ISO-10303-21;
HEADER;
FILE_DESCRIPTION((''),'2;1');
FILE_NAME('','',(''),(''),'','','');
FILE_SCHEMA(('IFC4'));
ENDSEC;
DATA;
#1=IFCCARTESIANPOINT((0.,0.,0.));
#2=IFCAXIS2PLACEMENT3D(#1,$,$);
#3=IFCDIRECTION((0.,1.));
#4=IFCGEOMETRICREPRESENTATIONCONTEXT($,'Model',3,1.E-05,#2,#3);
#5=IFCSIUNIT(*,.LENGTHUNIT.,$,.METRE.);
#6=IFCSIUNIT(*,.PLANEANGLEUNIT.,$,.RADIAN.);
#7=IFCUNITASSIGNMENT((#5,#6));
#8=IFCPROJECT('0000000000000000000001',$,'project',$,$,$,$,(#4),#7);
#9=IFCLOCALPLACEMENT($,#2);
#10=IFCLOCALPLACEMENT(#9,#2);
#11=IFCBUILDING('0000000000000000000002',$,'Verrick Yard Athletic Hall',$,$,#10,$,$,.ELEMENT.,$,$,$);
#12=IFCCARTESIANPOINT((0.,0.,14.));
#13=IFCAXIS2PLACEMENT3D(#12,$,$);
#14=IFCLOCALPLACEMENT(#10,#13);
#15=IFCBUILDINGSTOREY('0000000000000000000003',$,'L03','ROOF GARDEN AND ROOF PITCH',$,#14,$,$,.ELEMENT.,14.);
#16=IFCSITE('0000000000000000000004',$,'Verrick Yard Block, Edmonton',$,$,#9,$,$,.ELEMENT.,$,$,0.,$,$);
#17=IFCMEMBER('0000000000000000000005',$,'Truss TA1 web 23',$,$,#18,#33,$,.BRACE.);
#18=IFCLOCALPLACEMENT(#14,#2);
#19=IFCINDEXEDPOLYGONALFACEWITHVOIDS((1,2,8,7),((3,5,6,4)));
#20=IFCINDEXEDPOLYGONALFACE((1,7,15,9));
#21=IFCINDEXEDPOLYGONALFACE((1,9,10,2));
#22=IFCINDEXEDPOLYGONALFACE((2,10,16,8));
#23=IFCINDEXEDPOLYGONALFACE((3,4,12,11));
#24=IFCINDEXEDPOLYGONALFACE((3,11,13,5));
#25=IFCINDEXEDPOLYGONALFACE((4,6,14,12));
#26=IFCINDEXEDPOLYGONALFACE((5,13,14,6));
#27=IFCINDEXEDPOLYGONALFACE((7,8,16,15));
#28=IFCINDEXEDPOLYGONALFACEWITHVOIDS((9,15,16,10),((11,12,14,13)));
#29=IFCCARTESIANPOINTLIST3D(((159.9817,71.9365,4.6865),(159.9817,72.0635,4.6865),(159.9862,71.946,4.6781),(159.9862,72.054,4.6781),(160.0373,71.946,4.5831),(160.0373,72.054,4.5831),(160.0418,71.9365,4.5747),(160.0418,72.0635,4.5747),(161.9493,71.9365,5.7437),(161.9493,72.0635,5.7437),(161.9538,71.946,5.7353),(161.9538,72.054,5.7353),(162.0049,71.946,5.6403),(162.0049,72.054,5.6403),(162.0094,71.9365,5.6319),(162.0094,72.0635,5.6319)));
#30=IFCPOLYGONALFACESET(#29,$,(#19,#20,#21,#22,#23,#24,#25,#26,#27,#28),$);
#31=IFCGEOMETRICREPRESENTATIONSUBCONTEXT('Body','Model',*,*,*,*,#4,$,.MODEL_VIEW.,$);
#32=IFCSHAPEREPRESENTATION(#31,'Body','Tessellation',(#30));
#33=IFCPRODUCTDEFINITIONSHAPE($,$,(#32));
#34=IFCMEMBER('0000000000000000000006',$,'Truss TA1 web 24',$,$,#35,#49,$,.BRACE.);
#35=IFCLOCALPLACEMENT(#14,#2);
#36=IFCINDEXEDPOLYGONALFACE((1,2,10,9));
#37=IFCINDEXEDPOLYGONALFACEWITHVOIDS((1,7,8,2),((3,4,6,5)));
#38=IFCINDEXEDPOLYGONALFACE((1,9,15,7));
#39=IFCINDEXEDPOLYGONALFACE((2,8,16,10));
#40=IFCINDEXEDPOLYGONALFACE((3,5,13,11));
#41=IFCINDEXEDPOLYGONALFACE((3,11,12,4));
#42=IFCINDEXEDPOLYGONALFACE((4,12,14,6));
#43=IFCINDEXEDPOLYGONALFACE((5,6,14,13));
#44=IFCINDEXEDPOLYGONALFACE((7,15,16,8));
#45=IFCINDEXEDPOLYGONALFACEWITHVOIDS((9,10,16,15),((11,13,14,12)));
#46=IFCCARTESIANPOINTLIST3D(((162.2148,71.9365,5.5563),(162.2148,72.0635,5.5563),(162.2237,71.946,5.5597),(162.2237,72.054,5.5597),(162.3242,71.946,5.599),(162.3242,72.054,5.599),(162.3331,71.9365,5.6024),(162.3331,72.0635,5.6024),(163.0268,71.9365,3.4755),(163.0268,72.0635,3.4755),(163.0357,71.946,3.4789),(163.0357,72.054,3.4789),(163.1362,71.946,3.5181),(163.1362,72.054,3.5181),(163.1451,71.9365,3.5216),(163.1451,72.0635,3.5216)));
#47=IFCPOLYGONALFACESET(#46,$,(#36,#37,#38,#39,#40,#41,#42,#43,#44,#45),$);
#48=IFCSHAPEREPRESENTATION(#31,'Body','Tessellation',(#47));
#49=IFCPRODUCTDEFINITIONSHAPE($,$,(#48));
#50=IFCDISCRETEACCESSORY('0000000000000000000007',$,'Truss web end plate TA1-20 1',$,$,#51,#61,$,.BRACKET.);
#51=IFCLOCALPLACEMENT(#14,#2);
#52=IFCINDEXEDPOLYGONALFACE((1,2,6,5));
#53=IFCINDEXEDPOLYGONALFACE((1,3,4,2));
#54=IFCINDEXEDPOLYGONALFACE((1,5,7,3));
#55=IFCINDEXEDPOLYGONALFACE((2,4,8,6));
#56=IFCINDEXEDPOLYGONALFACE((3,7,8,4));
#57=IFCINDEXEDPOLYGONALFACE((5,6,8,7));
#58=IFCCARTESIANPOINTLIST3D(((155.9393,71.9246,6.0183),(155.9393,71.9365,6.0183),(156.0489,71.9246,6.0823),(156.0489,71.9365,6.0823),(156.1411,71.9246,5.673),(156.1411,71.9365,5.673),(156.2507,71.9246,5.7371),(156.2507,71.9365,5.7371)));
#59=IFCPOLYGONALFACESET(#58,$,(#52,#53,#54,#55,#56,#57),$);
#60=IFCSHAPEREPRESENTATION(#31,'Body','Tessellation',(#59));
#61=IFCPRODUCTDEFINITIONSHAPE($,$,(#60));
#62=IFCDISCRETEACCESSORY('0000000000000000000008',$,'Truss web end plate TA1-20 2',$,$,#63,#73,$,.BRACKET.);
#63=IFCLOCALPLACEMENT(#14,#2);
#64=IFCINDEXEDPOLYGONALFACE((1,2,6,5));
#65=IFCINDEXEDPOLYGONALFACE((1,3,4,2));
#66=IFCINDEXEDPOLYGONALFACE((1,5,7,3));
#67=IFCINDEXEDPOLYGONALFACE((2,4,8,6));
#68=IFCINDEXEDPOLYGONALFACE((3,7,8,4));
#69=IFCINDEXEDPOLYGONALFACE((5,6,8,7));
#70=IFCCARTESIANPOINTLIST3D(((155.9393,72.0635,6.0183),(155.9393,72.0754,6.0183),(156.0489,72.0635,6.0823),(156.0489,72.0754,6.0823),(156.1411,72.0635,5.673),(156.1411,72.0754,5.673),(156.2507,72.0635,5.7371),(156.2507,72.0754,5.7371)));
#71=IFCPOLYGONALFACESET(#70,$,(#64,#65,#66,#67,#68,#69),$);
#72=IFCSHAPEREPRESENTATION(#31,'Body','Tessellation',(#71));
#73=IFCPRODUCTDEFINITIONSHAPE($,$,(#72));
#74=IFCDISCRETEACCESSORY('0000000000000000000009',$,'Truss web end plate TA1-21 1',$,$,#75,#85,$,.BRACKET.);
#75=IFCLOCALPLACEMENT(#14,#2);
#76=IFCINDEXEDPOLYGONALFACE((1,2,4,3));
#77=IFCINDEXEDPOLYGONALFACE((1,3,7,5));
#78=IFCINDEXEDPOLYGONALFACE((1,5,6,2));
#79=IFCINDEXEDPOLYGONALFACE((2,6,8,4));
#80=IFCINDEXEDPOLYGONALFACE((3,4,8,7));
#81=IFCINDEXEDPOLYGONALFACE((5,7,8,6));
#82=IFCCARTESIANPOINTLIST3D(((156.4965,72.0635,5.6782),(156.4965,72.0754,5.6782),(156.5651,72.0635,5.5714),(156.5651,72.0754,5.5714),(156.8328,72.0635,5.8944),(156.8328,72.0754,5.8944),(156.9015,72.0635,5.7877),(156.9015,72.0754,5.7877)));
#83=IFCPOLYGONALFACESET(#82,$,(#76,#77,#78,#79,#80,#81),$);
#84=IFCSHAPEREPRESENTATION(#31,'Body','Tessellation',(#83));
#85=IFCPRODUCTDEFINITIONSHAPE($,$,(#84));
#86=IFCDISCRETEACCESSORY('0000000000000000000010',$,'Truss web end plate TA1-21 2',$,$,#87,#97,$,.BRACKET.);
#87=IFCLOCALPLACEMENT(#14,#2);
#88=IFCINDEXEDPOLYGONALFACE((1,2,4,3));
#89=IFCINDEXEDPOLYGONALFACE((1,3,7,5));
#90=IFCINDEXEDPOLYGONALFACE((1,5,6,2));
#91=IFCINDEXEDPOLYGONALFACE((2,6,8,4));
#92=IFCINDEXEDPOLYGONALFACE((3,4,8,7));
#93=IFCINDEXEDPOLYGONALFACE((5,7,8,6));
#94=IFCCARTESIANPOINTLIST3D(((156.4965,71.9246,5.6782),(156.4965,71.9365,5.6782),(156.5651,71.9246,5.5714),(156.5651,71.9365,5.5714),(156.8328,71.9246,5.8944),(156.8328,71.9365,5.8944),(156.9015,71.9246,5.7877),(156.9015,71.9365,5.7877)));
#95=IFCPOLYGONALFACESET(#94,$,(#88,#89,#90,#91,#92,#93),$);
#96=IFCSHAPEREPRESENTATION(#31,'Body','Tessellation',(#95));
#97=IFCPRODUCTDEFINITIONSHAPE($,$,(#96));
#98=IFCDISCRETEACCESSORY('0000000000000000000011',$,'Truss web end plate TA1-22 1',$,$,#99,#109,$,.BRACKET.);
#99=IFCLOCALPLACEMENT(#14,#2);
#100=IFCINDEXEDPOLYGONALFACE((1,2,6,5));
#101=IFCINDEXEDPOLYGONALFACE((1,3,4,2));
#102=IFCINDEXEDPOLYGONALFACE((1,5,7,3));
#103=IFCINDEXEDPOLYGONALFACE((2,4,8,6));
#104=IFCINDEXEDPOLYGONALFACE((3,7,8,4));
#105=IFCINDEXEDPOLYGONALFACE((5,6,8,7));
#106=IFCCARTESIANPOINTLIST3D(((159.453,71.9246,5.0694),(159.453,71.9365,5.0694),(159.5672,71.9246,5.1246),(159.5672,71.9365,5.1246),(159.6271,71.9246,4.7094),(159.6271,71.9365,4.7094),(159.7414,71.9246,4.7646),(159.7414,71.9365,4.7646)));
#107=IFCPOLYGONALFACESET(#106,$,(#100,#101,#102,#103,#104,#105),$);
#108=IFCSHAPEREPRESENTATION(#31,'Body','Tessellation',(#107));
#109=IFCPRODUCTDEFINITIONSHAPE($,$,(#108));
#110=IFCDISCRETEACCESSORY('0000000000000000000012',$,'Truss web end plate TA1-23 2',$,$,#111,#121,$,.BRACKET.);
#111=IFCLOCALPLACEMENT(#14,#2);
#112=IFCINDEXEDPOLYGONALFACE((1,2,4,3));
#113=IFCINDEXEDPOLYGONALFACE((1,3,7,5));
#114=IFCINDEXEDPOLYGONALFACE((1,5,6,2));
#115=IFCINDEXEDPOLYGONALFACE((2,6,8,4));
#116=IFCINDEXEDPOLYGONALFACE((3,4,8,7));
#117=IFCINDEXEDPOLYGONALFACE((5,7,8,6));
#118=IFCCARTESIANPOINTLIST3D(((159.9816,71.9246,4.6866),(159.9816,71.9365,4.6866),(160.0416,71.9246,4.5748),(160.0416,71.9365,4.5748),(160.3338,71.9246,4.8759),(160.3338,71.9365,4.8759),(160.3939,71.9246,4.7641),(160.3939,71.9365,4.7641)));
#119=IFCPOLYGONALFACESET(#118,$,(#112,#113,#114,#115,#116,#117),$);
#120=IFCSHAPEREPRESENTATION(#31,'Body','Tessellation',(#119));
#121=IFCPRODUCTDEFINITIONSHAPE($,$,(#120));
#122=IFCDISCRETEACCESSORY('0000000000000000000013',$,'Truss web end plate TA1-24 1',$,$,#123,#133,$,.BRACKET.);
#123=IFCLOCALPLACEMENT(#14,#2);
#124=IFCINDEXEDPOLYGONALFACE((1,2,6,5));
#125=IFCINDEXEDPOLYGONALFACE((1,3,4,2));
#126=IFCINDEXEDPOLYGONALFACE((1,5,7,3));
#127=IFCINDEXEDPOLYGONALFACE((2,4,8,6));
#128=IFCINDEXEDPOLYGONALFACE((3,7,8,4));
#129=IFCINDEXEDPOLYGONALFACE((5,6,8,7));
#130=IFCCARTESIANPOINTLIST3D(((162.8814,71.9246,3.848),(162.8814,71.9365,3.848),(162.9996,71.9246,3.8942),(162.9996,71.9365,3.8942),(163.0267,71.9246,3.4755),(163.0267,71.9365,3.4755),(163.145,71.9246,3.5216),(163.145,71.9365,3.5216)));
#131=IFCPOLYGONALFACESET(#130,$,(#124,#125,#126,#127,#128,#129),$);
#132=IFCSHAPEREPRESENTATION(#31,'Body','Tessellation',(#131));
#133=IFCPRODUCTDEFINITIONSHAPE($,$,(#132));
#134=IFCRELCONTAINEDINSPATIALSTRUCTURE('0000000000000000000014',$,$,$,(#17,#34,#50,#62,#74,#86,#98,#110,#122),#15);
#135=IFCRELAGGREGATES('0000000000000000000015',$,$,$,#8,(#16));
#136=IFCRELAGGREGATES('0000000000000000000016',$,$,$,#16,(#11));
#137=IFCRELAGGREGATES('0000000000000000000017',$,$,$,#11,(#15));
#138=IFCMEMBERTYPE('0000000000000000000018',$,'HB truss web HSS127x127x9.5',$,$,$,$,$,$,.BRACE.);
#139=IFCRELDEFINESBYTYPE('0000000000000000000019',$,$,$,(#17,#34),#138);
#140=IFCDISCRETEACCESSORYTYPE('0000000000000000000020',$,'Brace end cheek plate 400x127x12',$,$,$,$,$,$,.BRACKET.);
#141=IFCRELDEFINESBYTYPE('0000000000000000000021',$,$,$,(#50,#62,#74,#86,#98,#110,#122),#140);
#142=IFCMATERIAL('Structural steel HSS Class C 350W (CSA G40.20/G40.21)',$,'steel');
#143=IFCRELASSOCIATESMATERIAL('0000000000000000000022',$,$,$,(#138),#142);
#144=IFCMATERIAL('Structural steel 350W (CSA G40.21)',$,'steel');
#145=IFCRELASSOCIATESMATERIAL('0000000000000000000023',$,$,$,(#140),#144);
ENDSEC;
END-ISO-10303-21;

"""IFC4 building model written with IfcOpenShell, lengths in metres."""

from ifc_helpers import new_model, si_unit, direction, frame, origin, origin_2d, place, context, subcontext, project, spatial, rectangle, hollow_rectangle, extrude, material, material_profile, profile_set, type_object, element, save


model = new_model("IFC4")

# Units and contexts
model_context = context("Model", 3, precision=1e-05, world=origin(), true_north=direction((0.0, 1.0)))
body_context = subcontext(model_context, "Body", "Model", "MODEL_VIEW")
ifc_project = project(units=[si_unit("LENGTHUNIT", "METRE"), si_unit("PLANEANGLEUNIT", "RADIAN")], contexts=[model_context])

# Site, building, storey
site_placement = place(None, origin())
site = spatial("IfcSite", under=ifc_project, at=site_placement, Name="Verrick Yard Block, Edmonton", CompositionType="ELEMENT", RefElevation=0.0)
building_placement = place(site_placement, origin())
building = spatial("IfcBuilding", under=site, at=building_placement, Name="Verrick Yard Athletic Hall", CompositionType="ELEMENT")
storey_placement = place(building_placement, frame((0.0, 0.0, 14.0)))
storey = spatial("IfcBuildingStorey", under=building, at=storey_placement, Name="L03", Description="ROOF GARDEN AND ROOF PITCH", CompositionType="ELEMENT", Elevation=14.0)

# Members
ifc_material_1 = material(Name="Structural steel HSS Class C 350W (CSA G40.20/G40.21)", Category="steel")
ifc_material_profile_1 = material_profile(ifc_material_1, hollow_rectangle(XDim=0.127, YDim=0.127, WallThickness=0.0095, at=origin_2d()), Name="HSS127x127x9.5")
ifc_profile_set_1 = profile_set([ifc_material_profile_1], Name="Structural steel HSS Class C 350W (CSA G40.20/G40.21)")
member_type_1 = type_object("IfcMemberType", Name="HB truss web HSS127x127x9.5", PredefinedType="BRACE", material=ifc_profile_set_1)
for number, where, z_axis, x_axis, name in (
    (1, (160.0117, 72.0, 4.6306), (0.880902, 0.0, 0.473298), (0.0, 1.0, 0.0), "Truss TA1 web 23"),
    (2, (162.2739, 72.0, 5.5793), (0.363538, 0.0, -0.931579), (0.0, 1.0, 0.0), "Truss TA1 web 24"),
):
    element("IfcMember", number, at=place(storey_placement, frame(where, z_axis=z_axis, x_axis=x_axis)), inside=storey, type_object=member_type_1, Name=name, PredefinedType="BRACE", context=body_context, shape_type="SweptSolid", body=[
        extrude(hollow_rectangle(XDim=0.127, YDim=0.127, WallThickness=0.0095, at=origin_2d()), origin(), (0.0, 0.0, 1.0), 2.2336),
    ])

# Discrete accessories
ifc_material_2 = material(Name="Structural steel 350W (CSA G40.21)", Category="steel")
ifc_material_profile_2 = material_profile(ifc_material_2, rectangle(XDim=0.3999, YDim=0.127, at=origin_2d()), Name="Brace end cheek plate")
ifc_profile_set_2 = profile_set([ifc_material_profile_2], Name="Structural steel 350W (CSA G40.21)")
discrete_accessory_type = type_object("IfcDiscreteAccessoryType", Name="Brace end cheek plate 400x127x12", PredefinedType="BRACKET", material=ifc_profile_set_2)
for number, where, z_axis, x_axis, name in (
    (3, (156.095, 71.9365, 5.8777), (0.0, -1.0, 0.0), (-0.504597, 0.0, 0.863355), "Truss web end plate TA1-20 1"),
    (4, (156.095, 72.0635, 5.8777), (0.0, 1.0, 0.0), (-0.504597, 0.0, 0.863355), "Truss web end plate TA1-20 2"),
    (5, (156.699, 72.0635, 5.7329), (0.0, 1.0, 0.0), (0.841141, 0.0, 0.540816), "Truss web end plate TA1-21 1"),
    (6, (156.699, 71.9365, 5.7329), (0.0, -1.0, 0.0), (0.841141, 0.0, 0.540816), "Truss web end plate TA1-21 2"),
    (7, (159.5972, 71.9365, 4.917), (0.0, -1.0, 0.0), (-0.435417, 0.0, 0.900229), "Truss web end plate TA1-22 1"),
    (8, (160.1877, 71.9365, 4.7253), (0.0, -1.0, 0.0), (0.88092, 0.0, 0.473265), "Truss web end plate TA1-23 2"),
    (9, (163.0132, 71.9365, 3.6848), (0.0, -1.0, 0.0), (-0.363563, 0.0, 0.93157), "Truss web end plate TA1-24 1"),
):
    element("IfcDiscreteAccessory", number, at=place(storey_placement, frame(where, z_axis=z_axis, x_axis=x_axis)), inside=storey, type_object=discrete_accessory_type, Name=name, PredefinedType="BRACKET", context=body_context, shape_type="SweptSolid", body=[
        extrude(rectangle(XDim=0.3999, YDim=0.127, at=origin_2d()), origin(), (0.0, 0.0, 1.0), 0.012),
    ])

save(model, "model.ifc")
